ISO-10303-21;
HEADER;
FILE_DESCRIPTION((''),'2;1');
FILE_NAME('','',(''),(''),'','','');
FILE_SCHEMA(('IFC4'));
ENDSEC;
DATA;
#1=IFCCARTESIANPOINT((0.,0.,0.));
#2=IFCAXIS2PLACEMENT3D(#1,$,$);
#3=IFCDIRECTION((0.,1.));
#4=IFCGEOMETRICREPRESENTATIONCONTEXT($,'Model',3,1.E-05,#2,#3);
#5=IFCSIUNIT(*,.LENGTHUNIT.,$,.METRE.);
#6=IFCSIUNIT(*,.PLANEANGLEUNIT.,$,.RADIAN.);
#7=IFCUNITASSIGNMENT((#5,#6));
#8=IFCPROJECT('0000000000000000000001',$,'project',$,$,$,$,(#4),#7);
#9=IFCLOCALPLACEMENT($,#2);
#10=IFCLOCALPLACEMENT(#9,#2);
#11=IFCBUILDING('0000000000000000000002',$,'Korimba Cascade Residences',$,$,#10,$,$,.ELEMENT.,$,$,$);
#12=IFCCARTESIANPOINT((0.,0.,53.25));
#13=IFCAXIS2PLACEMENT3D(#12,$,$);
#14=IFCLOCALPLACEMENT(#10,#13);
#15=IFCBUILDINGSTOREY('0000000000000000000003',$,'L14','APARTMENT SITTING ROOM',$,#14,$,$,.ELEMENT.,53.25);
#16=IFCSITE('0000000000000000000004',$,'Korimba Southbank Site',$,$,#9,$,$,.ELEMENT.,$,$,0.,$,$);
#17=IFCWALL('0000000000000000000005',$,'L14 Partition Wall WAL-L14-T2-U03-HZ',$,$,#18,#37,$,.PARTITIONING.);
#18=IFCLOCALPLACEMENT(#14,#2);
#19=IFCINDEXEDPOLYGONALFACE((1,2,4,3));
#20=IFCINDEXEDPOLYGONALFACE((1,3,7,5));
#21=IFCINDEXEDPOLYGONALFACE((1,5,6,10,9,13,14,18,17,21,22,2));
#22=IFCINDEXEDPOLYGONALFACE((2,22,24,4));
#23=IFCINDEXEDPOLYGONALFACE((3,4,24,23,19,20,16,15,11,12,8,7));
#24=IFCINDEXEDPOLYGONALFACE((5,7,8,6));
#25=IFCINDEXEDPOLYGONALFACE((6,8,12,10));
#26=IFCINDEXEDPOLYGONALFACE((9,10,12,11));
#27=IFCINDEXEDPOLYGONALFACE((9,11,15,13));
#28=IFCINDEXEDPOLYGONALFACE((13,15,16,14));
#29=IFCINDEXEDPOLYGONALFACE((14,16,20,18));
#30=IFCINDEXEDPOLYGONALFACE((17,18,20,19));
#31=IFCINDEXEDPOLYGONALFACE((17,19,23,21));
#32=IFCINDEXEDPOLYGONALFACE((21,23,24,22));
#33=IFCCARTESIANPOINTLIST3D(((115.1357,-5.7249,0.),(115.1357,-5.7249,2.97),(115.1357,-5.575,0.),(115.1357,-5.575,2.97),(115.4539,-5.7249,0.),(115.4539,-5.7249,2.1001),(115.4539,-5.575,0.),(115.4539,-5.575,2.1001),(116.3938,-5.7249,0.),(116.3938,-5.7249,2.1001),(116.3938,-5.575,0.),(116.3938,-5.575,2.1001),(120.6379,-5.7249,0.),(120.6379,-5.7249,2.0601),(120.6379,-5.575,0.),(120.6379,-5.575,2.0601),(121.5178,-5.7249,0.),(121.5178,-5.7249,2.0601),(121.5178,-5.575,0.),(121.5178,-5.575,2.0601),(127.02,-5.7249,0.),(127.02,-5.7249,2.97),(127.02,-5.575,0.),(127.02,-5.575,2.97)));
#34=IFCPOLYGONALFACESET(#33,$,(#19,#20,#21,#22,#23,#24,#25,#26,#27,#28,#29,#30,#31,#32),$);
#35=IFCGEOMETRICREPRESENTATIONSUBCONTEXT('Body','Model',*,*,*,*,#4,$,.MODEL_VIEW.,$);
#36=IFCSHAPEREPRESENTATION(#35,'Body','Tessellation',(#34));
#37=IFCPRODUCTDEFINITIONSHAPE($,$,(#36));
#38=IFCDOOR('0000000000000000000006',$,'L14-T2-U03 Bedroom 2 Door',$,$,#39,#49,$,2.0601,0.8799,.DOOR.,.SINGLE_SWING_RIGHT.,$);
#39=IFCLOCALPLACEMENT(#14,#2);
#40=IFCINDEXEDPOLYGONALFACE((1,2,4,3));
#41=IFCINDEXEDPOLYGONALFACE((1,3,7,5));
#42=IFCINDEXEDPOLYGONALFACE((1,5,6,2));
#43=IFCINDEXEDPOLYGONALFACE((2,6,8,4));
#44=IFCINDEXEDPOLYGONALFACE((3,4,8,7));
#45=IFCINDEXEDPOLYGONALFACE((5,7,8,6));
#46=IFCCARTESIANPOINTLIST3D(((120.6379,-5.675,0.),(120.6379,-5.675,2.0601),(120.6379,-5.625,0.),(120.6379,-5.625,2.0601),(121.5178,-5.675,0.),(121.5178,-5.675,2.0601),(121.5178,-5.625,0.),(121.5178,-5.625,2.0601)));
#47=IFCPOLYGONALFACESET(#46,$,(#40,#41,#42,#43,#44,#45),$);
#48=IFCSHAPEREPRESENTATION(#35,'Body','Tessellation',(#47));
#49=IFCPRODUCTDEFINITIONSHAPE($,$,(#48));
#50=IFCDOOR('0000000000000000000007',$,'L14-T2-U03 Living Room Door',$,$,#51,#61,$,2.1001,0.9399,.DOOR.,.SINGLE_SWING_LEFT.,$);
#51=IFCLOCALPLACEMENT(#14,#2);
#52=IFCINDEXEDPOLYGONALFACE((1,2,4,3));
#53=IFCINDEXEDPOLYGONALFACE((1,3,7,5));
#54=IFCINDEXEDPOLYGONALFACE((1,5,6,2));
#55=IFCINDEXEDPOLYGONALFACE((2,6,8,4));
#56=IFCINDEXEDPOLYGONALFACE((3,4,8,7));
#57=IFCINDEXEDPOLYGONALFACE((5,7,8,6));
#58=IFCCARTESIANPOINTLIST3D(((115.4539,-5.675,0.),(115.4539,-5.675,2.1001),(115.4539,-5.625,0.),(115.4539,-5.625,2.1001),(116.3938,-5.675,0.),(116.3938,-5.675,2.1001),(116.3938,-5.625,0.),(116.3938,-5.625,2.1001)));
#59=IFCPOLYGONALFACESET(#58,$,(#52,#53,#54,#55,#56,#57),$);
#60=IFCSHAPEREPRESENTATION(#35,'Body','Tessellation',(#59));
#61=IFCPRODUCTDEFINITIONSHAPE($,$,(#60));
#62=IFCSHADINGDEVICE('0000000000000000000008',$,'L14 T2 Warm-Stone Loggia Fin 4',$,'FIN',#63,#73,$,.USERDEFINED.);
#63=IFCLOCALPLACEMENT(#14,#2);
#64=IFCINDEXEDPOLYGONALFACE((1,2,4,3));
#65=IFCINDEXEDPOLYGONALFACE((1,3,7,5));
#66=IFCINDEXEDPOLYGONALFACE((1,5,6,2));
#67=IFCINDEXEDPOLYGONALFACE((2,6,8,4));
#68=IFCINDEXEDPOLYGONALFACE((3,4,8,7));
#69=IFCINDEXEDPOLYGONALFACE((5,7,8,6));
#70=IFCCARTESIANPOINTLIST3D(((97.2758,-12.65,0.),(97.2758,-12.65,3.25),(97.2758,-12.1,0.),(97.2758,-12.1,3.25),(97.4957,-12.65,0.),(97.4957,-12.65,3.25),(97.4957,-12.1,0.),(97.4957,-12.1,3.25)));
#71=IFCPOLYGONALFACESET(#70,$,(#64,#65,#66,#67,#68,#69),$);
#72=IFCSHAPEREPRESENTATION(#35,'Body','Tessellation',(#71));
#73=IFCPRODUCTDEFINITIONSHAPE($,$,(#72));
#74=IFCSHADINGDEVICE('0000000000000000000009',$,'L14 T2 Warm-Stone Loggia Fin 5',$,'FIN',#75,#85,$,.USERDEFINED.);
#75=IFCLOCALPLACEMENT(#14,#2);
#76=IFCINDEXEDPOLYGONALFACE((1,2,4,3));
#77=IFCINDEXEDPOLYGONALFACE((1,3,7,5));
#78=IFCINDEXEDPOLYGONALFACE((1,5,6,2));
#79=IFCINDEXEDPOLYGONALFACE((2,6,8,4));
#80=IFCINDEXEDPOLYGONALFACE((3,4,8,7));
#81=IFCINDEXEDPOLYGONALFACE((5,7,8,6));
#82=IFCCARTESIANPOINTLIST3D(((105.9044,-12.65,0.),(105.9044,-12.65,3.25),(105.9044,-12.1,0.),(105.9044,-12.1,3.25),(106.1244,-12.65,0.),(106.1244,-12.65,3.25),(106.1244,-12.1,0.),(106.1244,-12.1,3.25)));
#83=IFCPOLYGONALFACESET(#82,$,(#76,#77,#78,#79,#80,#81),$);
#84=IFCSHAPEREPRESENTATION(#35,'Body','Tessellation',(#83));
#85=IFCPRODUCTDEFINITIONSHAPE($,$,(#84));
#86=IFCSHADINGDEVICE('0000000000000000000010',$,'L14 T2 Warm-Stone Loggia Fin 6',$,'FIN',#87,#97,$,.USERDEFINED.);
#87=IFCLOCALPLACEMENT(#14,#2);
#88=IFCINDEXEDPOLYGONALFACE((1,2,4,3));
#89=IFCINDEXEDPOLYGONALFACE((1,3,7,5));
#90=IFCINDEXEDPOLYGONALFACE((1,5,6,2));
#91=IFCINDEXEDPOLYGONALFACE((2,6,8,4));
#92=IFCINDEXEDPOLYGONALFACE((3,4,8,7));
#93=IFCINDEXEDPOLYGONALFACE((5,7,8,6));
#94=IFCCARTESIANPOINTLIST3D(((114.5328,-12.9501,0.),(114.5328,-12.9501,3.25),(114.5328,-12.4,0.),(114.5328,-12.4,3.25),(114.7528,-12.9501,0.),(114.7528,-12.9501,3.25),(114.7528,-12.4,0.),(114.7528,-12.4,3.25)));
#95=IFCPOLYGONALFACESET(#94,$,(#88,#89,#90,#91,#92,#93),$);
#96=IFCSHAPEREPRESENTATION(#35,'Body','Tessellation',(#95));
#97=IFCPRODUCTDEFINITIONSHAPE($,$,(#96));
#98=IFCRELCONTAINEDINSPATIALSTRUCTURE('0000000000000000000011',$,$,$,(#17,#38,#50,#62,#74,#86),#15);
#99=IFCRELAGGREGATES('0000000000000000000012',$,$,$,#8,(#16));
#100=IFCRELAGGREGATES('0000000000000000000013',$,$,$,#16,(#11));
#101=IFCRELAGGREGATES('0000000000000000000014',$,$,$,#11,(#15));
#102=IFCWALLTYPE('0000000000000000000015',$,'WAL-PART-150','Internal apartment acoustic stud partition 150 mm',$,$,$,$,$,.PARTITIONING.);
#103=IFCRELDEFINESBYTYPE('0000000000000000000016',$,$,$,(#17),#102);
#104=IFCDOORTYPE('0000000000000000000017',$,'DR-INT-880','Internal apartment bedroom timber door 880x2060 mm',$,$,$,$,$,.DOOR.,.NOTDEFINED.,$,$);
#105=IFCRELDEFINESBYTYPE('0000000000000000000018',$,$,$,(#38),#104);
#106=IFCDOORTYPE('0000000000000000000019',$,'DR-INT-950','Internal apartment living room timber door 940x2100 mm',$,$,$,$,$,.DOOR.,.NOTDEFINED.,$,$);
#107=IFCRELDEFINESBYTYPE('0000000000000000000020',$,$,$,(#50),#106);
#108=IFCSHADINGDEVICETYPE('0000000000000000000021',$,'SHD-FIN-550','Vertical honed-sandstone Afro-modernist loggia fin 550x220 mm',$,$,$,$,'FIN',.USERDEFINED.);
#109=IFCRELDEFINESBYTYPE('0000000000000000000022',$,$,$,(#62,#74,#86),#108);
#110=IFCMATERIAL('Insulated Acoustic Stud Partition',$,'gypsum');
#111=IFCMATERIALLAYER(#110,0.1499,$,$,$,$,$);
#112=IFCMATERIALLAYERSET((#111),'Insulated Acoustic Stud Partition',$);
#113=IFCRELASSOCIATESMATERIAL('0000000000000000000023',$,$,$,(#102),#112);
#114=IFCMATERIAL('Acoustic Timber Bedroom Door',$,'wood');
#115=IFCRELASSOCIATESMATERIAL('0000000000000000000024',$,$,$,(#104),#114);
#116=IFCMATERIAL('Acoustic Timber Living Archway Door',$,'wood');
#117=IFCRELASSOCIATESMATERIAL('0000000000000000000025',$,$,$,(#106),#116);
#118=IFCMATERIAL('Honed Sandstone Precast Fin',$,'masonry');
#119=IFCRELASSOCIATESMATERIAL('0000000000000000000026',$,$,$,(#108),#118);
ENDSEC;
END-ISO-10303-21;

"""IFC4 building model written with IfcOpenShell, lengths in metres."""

from ifc_helpers import new_model, si_unit, direction, frame, frame_2d, origin, origin_2d, place, context, subcontext, project, spatial, rectangle, extrude, material, layer, layer_set, type_object, element, fill, save


model = new_model("IFC4")

# Units and contexts
model_context = context("Model", 3, precision=1e-05, world=origin(), true_north=direction((0.0, 1.0)))
body_context = subcontext(model_context, "Body", "Model", "MODEL_VIEW")
ifc_project = project(units=[si_unit("LENGTHUNIT", "METRE"), si_unit("PLANEANGLEUNIT", "RADIAN")], contexts=[model_context])

# Site, building, storey
site_placement = place(None, origin())
site = spatial("IfcSite", under=ifc_project, at=site_placement, Name="Korimba Southbank Site", CompositionType="ELEMENT", RefElevation=0.0)
building_placement = place(site_placement, origin())
building = spatial("IfcBuilding", under=site, at=building_placement, Name="Korimba Cascade Residences", CompositionType="ELEMENT")
storey_placement = place(building_placement, frame((0.0, 0.0, 53.25)))
storey = spatial("IfcBuildingStorey", under=building, at=storey_placement, Name="L14", Description="APARTMENT SITTING ROOM", CompositionType="ELEMENT", Elevation=53.25)

# Shared definitions
ifc_material_1 = material(Name="Insulated Acoustic Stud Partition", Category="gypsum")
ifc_layer_1 = layer(ifc_material_1, 0.1499)
ifc_layer_set_1 = layer_set([ifc_layer_1], Name="Insulated Acoustic Stud Partition")
wall_type_1 = type_object("IfcWallType", Name="WAL-PART-150", Description="Internal apartment acoustic stud partition 150 mm", PredefinedType="PARTITIONING", material=ifc_layer_set_1)

# Wall, openings, doors
wall_1_placement = place(storey_placement, frame((115.1357, -5.6499, 0.0), z_axis=(0.0, 0.0, 1.0), x_axis=(1.0, 0.0, 0.0)))
wall_1 = element("IfcWall", 1, at=wall_1_placement, inside=storey, type_object=wall_type_1, Name="L14 Partition Wall WAL-L14-T2-U03-HZ", PredefinedType="PARTITIONING", context=body_context, shape_type="SweptSolid", body=[
    extrude(rectangle(XDim=11.8843, YDim=0.1499, at=frame_2d((5.9421, 0.0))), origin(), (0.0, 0.0, 1.0), 2.97),
])
opening_1_placement = place(wall_1_placement, frame((0.3181, 0.0, 0.0)))
opening_1 = element("IfcOpeningElement", 2, at=opening_1_placement, cuts=wall_1, PredefinedType="OPENING", context=body_context, shape_type="SweptSolid", body=[
    extrude(rectangle(XDim=0.9399, YDim=2.1001, at=frame_2d((0.47, 1.05))), frame((0.0, 0.085, 0.0), z_axis=(0.0, -1.0, 0.0), x_axis=(1.0, 0.0, 0.0)), (0.0, 0.0, 1.0), 0.1699),
])
opening_2_placement = place(wall_1_placement, frame((5.5022, 0.0, 0.0)))
opening_2 = element("IfcOpeningElement", 3, at=opening_2_placement, cuts=wall_1, PredefinedType="OPENING", context=body_context, shape_type="SweptSolid", body=[
    extrude(rectangle(XDim=0.8799, YDim=2.0601, at=frame_2d((0.4399, 1.03))), frame((0.0, 0.085, 0.0), z_axis=(0.0, -1.0, 0.0), x_axis=(1.0, 0.0, 0.0)), (0.0, 0.0, 1.0), 0.1699),
])
ifc_material_2 = material(Name="Acoustic Timber Bedroom Door", Category="wood")
door_type_1 = type_object("IfcDoorType", Name="DR-INT-880", Description="Internal apartment bedroom timber door 880x2060 mm", OperationType="NOTDEFINED", PredefinedType="DOOR", material=ifc_material_2)
door_1_placement = place(opening_2_placement, origin())
door_1 = element("IfcDoor", 4, at=door_1_placement, inside=storey, type_object=door_type_1, Name="L14-T2-U03 Bedroom 2 Door", OperationType="SINGLE_SWING_RIGHT", OverallHeight=2.0601, OverallWidth=0.8799, PredefinedType="DOOR", context=body_context, shape_type="SweptSolid", body=[
    extrude(rectangle(XDim=0.8799, YDim=2.0601, at=frame_2d((0.4399, 1.03))), frame((0.0, 0.0249, 0.0), z_axis=(0.0, -1.0, 0.0), x_axis=(1.0, 0.0, 0.0)), (0.0, 0.0, 1.0), 0.05),
])
fill(opening_2, door_1)
ifc_material_3 = material(Name="Acoustic Timber Living Archway Door", Category="wood")
door_type_2 = type_object("IfcDoorType", Name="DR-INT-950", Description="Internal apartment living room timber door 940x2100 mm", OperationType="NOTDEFINED", PredefinedType="DOOR", material=ifc_material_3)
door_2_placement = place(opening_1_placement, origin())
door_2 = element("IfcDoor", 5, at=door_2_placement, inside=storey, type_object=door_type_2, Name="L14-T2-U03 Living Room Door", OperationType="SINGLE_SWING_LEFT", OverallHeight=2.1001, OverallWidth=0.9399, PredefinedType="DOOR", context=body_context, shape_type="SweptSolid", body=[
    extrude(rectangle(XDim=0.9399, YDim=2.1001, at=frame_2d((0.47, 1.05))), frame((0.0, 0.0249, 0.0), z_axis=(0.0, -1.0, 0.0), x_axis=(1.0, 0.0, 0.0)), (0.0, 0.0, 1.0), 0.05),
])
fill(opening_1, door_2)

# Shading devices
ifc_material_4 = material(Name="Honed Sandstone Precast Fin", Category="masonry")
shading_device_type = type_object("IfcShadingDeviceType", Name="SHD-FIN-550", Description="Vertical honed-sandstone Afro-modernist loggia fin 550x220 mm", ElementType="FIN", PredefinedType="USERDEFINED", material=ifc_material_4)
for number, where, z_axis, x_axis, name in (
    (6, (97.3857, -12.375, 0.0), (0.0, 0.0, 1.0), (1.0, 0.0, 0.0), "L14 T2 Warm-Stone Loggia Fin 4"),
    (7, (106.0144, -12.375, 0.0), (0.0, 0.0, 1.0), (1.0, 0.0, 0.0), "L14 T2 Warm-Stone Loggia Fin 5"),
    (8, (114.6428, -12.675, 0.0), (0.0, 0.0, 1.0), (1.0, 0.0, 0.0), "L14 T2 Warm-Stone Loggia Fin 6"),
):
    element("IfcShadingDevice", number, at=place(storey_placement, frame(where, z_axis=z_axis, x_axis=x_axis)), inside=storey, type_object=shading_device_type, Name=name, ObjectType="FIN", PredefinedType="USERDEFINED", context=body_context, shape_type="SweptSolid", body=[
        extrude(rectangle(XDim=0.22, YDim=0.55, at=origin_2d()), origin(), (0.0, 0.0, 1.0), 3.25),
    ])

save(model, "model.ifc")
